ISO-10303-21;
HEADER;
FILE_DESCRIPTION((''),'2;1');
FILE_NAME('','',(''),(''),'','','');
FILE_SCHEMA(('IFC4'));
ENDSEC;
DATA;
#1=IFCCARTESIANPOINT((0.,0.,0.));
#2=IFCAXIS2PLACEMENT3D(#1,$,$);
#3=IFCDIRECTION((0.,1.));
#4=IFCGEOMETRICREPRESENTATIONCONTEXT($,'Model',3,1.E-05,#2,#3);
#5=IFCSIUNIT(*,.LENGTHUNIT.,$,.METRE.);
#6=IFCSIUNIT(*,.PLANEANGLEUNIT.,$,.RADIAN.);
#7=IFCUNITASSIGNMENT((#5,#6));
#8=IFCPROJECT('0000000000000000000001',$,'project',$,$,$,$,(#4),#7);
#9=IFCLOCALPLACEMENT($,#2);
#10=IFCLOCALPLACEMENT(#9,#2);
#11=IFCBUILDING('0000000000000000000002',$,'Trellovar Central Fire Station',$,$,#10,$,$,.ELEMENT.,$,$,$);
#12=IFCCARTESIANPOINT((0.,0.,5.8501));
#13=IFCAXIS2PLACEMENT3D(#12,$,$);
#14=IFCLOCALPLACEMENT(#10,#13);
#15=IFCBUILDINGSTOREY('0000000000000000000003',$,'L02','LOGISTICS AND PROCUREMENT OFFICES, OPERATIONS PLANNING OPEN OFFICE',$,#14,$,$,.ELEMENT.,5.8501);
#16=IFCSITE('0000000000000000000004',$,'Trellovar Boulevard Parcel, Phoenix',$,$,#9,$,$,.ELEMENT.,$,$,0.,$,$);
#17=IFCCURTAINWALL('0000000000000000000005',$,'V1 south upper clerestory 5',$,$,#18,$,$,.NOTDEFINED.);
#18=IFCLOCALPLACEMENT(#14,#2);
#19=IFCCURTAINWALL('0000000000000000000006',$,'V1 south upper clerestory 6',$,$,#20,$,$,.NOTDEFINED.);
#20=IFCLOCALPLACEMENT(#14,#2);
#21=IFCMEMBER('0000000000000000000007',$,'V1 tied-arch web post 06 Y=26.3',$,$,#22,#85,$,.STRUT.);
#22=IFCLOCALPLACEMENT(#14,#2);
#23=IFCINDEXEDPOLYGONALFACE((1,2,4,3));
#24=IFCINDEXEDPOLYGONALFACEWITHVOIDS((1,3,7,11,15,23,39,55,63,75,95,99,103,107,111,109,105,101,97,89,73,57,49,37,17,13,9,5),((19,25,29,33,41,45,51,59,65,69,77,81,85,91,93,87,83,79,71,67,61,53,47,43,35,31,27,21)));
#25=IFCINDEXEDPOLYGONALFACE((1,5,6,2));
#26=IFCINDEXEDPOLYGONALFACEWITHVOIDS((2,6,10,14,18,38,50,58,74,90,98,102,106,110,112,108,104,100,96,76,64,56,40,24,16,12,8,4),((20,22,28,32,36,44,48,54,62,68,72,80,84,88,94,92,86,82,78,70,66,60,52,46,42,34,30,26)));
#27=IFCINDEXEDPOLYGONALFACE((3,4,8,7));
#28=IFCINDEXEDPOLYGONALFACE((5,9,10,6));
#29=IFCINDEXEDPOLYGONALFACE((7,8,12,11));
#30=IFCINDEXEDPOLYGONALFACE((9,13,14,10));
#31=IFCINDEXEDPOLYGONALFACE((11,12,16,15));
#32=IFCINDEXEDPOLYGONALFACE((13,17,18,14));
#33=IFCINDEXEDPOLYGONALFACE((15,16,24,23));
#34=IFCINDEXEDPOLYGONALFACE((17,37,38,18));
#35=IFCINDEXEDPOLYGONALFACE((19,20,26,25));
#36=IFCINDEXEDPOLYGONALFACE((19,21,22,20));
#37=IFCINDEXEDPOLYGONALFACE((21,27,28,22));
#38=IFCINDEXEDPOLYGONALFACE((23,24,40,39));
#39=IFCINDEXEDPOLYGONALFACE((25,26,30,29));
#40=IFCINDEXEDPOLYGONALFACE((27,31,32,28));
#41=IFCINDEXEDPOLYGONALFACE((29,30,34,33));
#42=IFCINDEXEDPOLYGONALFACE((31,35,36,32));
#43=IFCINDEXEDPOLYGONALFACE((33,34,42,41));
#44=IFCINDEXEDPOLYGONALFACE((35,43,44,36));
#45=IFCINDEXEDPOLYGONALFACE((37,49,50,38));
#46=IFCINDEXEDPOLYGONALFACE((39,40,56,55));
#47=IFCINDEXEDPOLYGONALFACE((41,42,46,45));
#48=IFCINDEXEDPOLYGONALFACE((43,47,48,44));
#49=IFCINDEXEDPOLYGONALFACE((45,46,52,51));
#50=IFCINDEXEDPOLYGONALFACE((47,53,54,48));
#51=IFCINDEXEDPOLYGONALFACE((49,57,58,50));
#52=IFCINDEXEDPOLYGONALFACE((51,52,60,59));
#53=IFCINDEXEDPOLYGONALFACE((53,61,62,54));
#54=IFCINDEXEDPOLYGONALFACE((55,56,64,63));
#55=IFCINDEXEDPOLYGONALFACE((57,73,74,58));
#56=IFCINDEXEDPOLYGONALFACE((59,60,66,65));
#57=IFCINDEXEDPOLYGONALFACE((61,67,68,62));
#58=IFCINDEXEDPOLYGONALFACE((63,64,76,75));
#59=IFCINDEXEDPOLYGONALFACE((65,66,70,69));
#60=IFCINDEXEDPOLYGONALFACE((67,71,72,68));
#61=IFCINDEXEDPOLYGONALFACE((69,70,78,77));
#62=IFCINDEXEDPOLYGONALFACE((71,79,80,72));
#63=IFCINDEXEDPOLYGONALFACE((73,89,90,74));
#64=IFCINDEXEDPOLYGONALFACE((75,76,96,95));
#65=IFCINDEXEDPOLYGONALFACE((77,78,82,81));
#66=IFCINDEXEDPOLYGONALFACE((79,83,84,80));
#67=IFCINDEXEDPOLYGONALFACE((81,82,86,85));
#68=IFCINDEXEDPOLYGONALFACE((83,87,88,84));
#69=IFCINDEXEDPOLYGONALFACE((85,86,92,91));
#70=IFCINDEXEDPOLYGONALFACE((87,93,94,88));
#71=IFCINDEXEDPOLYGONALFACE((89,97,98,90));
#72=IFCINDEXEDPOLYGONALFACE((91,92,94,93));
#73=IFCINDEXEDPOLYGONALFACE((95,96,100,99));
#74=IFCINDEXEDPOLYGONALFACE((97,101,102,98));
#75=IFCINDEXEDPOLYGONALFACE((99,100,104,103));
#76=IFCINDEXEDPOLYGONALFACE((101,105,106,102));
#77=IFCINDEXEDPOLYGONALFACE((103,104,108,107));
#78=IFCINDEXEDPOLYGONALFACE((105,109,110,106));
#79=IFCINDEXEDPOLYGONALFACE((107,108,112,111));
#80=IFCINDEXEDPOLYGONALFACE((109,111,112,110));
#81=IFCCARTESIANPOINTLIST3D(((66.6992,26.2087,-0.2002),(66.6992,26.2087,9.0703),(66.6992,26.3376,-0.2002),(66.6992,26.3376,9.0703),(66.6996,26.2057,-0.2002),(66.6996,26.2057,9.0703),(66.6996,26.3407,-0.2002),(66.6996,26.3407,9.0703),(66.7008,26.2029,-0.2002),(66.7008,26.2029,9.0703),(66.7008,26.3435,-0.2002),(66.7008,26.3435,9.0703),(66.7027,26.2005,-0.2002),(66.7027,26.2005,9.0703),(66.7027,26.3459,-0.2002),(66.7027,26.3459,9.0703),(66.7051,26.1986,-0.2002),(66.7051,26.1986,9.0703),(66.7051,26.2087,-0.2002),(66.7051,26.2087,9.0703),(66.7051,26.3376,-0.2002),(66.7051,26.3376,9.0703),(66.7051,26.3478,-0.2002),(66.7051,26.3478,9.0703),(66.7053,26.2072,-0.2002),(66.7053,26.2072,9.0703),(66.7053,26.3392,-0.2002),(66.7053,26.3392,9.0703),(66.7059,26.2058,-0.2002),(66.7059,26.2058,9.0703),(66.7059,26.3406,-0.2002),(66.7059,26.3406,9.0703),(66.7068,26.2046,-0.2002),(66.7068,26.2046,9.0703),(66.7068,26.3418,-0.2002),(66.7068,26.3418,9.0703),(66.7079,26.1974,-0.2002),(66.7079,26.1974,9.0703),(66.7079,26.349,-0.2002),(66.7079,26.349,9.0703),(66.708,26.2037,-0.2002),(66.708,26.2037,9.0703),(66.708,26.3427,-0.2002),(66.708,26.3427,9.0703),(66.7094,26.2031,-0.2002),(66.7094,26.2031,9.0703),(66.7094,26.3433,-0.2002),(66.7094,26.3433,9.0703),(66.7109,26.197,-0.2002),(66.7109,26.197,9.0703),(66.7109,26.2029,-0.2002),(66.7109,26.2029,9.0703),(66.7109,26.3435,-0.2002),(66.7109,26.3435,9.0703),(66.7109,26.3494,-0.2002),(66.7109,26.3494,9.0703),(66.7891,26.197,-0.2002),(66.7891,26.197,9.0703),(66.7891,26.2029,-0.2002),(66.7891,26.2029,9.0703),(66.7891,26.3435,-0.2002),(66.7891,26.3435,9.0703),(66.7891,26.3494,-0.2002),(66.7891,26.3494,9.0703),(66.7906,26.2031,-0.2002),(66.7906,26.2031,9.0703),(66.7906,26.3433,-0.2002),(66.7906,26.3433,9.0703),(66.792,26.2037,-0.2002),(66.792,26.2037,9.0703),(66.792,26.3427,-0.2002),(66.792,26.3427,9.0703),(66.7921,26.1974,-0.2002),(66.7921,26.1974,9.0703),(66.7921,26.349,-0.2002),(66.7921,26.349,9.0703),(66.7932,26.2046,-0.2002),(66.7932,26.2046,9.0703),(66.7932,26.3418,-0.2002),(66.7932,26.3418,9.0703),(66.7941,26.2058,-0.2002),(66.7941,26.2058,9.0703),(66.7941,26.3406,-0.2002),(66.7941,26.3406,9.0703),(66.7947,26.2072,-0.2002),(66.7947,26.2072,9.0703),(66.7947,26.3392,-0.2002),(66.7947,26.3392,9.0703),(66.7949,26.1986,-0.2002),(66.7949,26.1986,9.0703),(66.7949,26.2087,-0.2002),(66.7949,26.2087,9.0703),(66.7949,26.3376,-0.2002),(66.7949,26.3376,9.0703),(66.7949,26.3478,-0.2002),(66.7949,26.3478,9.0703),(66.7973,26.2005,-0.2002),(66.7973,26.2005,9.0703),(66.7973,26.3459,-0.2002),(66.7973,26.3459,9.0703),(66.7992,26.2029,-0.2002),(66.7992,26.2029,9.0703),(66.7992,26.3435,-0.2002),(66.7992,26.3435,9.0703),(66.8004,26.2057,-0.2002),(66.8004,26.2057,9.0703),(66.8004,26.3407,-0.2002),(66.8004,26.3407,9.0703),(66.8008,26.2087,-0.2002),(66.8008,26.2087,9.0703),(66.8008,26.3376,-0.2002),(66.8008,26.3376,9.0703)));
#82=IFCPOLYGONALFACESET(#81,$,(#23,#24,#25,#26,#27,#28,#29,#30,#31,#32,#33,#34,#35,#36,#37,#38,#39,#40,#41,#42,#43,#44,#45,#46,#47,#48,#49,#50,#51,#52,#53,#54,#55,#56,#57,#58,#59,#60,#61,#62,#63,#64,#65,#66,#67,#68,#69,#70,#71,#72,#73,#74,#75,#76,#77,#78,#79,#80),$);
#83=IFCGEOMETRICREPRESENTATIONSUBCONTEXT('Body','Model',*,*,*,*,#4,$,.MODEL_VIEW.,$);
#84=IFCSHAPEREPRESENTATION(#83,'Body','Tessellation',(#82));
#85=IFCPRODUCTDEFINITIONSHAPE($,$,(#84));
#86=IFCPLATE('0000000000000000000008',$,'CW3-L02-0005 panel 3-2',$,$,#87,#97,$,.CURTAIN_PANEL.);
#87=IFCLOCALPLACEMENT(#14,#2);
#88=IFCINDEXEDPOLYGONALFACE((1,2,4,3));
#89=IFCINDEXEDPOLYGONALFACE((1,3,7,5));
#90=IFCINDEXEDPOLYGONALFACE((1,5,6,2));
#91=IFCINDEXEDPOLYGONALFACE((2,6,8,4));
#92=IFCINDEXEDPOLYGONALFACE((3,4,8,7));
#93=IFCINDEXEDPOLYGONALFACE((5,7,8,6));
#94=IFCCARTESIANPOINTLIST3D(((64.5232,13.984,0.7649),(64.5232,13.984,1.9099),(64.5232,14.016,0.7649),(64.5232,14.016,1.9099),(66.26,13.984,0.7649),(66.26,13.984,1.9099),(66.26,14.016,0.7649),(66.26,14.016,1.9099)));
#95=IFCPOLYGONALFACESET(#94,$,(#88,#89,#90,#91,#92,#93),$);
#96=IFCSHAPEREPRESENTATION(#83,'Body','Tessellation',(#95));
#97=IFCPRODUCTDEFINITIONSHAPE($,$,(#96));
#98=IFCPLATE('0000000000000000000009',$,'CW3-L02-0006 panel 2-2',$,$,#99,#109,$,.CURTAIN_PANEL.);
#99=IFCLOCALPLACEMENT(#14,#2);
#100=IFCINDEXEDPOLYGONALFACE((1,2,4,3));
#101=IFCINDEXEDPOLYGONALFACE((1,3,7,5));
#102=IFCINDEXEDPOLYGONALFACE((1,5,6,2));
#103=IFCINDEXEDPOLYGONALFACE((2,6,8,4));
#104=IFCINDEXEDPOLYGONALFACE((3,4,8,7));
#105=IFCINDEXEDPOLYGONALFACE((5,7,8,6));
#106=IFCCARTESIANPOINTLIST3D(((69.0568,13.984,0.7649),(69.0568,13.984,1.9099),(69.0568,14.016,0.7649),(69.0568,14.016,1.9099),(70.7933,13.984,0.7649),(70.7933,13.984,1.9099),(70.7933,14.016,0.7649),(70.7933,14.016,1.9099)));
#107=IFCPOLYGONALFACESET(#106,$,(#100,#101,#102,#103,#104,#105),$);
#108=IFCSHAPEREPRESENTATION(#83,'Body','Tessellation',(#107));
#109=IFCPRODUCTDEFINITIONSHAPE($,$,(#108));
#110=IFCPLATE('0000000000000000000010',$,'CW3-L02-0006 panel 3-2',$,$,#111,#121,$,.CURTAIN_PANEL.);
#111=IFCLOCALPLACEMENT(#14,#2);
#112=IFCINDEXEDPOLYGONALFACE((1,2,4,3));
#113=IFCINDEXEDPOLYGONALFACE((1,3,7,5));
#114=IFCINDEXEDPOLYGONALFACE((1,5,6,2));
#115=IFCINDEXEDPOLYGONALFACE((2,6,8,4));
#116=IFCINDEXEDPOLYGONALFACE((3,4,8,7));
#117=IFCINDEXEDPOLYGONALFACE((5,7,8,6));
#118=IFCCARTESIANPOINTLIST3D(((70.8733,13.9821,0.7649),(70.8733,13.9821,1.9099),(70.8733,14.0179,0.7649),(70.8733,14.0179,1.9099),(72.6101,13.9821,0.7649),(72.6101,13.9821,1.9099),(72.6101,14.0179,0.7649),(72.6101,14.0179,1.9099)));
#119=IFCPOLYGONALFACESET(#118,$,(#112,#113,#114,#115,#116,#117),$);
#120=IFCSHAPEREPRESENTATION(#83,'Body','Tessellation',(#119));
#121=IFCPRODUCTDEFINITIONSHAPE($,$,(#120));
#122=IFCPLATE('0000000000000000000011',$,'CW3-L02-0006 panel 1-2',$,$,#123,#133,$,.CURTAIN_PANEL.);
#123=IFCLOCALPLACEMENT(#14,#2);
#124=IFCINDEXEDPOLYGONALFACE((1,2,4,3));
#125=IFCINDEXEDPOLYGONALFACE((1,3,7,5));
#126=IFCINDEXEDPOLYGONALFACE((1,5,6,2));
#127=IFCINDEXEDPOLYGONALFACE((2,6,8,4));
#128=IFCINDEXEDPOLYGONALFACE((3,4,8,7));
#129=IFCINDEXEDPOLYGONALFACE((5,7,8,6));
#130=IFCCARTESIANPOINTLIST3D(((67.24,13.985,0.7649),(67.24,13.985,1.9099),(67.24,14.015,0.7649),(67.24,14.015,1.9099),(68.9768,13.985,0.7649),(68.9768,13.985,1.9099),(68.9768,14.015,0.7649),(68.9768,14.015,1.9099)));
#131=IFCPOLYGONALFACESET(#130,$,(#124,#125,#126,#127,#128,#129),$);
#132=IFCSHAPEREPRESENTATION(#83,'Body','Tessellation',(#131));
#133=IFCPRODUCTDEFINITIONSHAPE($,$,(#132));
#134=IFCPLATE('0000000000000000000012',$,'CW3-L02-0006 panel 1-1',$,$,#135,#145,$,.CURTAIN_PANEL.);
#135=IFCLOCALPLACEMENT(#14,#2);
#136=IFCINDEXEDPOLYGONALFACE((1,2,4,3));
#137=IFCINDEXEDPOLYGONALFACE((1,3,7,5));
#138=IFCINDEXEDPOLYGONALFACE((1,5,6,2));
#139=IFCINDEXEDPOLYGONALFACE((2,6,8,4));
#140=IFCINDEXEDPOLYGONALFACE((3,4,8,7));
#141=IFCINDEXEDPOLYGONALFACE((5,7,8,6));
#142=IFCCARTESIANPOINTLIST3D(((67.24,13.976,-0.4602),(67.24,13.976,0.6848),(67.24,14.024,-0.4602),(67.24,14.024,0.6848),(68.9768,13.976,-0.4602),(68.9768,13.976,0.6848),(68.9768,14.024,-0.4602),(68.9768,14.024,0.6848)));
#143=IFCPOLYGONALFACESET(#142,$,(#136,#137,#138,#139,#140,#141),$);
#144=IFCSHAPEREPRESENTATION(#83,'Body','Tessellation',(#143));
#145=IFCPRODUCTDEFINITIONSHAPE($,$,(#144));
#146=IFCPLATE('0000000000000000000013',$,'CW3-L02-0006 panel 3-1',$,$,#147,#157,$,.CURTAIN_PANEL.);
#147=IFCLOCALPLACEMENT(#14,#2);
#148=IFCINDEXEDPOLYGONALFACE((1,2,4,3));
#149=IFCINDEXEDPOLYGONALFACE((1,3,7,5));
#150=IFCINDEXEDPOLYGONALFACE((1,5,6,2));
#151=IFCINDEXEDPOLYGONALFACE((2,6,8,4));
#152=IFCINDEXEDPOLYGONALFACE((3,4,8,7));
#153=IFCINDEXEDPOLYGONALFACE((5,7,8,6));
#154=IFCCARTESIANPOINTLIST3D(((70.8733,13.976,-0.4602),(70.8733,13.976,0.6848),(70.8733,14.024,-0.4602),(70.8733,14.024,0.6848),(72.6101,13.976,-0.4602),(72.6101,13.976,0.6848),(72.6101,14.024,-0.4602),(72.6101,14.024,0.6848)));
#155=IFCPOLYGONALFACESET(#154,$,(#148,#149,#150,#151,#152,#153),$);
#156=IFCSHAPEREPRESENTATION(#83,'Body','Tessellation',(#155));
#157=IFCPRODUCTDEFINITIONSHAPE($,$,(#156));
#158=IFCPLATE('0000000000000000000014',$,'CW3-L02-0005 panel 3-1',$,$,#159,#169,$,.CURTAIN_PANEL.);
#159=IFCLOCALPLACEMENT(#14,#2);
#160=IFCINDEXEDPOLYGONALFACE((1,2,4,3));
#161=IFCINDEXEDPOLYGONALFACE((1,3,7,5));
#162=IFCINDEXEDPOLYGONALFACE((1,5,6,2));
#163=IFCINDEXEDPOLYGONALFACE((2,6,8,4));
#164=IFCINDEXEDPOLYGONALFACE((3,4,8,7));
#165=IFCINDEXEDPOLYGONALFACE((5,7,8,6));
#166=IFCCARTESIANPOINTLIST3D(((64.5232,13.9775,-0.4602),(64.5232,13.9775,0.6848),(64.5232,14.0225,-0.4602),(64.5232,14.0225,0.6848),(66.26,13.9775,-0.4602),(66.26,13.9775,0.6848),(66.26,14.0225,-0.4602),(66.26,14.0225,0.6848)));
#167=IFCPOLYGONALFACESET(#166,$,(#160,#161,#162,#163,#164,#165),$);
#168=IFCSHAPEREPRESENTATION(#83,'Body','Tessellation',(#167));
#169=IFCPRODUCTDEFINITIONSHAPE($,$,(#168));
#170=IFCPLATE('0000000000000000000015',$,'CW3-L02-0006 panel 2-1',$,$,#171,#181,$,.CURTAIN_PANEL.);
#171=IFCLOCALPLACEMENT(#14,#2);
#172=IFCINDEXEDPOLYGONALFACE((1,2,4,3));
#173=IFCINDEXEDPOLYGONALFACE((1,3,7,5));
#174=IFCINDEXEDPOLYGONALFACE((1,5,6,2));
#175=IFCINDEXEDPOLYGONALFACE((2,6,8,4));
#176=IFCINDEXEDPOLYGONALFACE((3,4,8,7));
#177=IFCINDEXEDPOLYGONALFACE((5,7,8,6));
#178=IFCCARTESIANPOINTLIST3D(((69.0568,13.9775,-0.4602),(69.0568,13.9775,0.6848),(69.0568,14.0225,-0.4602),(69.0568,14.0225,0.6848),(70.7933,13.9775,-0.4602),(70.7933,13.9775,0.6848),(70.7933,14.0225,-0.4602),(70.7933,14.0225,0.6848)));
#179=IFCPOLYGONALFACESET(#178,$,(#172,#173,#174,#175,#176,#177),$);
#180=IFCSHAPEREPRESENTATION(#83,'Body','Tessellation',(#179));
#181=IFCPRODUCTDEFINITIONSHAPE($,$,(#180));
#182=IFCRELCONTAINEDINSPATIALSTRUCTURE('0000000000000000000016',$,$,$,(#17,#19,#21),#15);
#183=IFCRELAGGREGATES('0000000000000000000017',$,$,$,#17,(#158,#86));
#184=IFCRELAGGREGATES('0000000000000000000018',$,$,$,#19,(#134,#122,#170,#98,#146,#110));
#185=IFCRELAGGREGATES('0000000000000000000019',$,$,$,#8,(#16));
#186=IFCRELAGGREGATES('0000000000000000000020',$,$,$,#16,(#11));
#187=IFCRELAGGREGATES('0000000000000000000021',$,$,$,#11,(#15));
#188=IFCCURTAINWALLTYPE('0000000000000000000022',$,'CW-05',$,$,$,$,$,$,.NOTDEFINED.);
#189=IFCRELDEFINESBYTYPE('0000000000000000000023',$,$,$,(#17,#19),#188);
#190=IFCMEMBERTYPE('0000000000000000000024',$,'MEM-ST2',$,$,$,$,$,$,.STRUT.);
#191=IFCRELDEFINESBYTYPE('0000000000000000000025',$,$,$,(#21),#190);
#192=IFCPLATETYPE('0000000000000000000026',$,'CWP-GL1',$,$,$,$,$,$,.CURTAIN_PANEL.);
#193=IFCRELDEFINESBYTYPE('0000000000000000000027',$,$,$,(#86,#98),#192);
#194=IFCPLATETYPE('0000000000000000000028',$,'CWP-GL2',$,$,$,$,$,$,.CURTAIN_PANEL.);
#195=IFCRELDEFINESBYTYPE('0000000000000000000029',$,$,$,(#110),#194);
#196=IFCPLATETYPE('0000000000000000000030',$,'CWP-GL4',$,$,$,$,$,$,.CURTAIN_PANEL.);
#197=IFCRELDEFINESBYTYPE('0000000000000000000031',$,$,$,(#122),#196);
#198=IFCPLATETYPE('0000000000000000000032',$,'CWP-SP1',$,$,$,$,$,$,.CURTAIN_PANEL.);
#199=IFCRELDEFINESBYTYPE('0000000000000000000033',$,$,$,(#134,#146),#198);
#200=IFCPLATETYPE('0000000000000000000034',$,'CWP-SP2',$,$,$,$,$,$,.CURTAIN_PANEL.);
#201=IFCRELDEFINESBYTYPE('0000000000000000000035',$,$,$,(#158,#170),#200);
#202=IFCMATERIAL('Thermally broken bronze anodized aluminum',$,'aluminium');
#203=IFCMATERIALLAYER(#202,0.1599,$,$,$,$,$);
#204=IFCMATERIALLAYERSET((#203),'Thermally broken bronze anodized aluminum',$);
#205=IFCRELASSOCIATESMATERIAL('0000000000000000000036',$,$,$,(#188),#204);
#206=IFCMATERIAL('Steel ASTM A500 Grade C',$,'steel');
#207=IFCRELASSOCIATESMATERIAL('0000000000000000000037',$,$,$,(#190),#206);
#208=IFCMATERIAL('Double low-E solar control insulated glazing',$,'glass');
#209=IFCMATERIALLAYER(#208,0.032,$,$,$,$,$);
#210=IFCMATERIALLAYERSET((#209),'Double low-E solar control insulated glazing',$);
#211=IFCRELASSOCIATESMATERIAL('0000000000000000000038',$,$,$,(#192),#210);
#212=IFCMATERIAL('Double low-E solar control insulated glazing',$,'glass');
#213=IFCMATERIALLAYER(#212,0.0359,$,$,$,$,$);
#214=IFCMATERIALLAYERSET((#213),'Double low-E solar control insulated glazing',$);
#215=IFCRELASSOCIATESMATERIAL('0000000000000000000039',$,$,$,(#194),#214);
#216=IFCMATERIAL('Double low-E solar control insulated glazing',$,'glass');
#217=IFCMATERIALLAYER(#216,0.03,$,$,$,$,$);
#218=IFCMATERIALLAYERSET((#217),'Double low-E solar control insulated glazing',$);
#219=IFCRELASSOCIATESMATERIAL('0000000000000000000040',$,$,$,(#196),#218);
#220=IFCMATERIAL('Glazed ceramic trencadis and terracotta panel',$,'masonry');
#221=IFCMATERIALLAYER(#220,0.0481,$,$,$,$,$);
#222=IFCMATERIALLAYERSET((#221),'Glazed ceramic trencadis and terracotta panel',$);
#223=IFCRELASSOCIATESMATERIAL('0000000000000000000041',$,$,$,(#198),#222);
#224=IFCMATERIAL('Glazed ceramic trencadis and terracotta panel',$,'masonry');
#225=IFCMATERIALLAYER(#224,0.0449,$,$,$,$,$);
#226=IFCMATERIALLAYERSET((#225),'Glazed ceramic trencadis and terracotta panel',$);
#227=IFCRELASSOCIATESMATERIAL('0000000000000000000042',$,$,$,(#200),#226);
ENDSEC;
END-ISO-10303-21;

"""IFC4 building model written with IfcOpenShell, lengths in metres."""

from ifc_helpers import new_model, si_unit, direction, frame, origin, origin_2d, place, context, subcontext, project, spatial, rectangle, hollow_rectangle, extrude, material, layer, layer_set, material_profile, profile_set, type_object, element, aggregate, save


model = new_model("IFC4")

# Units and contexts
model_context = context("Model", 3, precision=1e-05, world=origin(), true_north=direction((0.0, 1.0)))
body_context = subcontext(model_context, "Body", "Model", "MODEL_VIEW")
ifc_project = project(units=[si_unit("LENGTHUNIT", "METRE"), si_unit("PLANEANGLEUNIT", "RADIAN")], contexts=[model_context])

# Site, building, storey
site_placement = place(None, origin())
site = spatial("IfcSite", under=ifc_project, at=site_placement, Name="Trellovar Boulevard Parcel, Phoenix", CompositionType="ELEMENT", RefElevation=0.0)
building_placement = place(site_placement, origin())
building = spatial("IfcBuilding", under=site, at=building_placement, Name="Trellovar Central Fire Station", CompositionType="ELEMENT")
storey_placement = place(building_placement, frame((0.0, 0.0, 5.8501)))
storey = spatial("IfcBuildingStorey", under=building, at=storey_placement, Name="L02", Description="LOGISTICS AND PROCUREMENT OFFICES, OPERATIONS PLANNING OPEN OFFICE", CompositionType="ELEMENT", Elevation=5.8501)

# Curtain walls
ifc_material_1 = material(Name="Thermally broken bronze anodized aluminum", Category="aluminium")
ifc_layer_1 = layer(ifc_material_1, 0.1599)
ifc_layer_set_1 = layer_set([ifc_layer_1], Name="Thermally broken bronze anodized aluminum")
curtain_wall_type = type_object("IfcCurtainWallType", Name="CW-05", PredefinedType="NOTDEFINED", material=ifc_layer_set_1)
curtain_wall_1_placement = place(storey_placement, origin())
curtain_wall_1 = element("IfcCurtainWall", 1, at=curtain_wall_1_placement, inside=storey, type_object=curtain_wall_type, Name="V1 south upper clerestory 5", PredefinedType="NOTDEFINED")
curtain_wall_2_placement = place(storey_placement, origin())
curtain_wall_2 = element("IfcCurtainWall", 2, at=curtain_wall_2_placement, inside=storey, type_object=curtain_wall_type, Name="V1 south upper clerestory 6", PredefinedType="NOTDEFINED")

# Member
ifc_material_2 = material(Name="Steel ASTM A500 Grade C", Category="steel")
ifc_material_profile_1 = material_profile(ifc_material_2, hollow_rectangle(XDim=0.1016, YDim=0.1523, WallThickness=0.0059, InnerFilletRadius=0.0059, OuterFilletRadius=0.0117, at=origin_2d()), Name="HSS6X4X1/4")
ifc_profile_set_1 = profile_set([ifc_material_profile_1], Name="Steel ASTM A500 Grade C")
member_type_1 = type_object("IfcMemberType", Name="MEM-ST2", PredefinedType="STRUT", material=ifc_profile_set_1)
member_1_placement = place(storey_placement, frame((66.75, 26.2732, -0.2002), z_axis=(0.0, 0.0, 1.0), x_axis=(1.0, 0.0, 0.0)))
element("IfcMember", 3, at=member_1_placement, inside=storey, type_object=member_type_1, Name="V1 tied-arch web post 06 Y=26.3", PredefinedType="STRUT", context=body_context, shape_type="SweptSolid", body=[
    extrude(hollow_rectangle(XDim=0.1016, YDim=0.1523, WallThickness=0.0059, InnerFilletRadius=0.0059, OuterFilletRadius=0.0117, at=origin_2d()), origin(), (0.0, 0.0, 1.0), 9.2705),
])

# Plates
ifc_material_3 = material(Name="Double low-E solar control insulated glazing", Category="glass")
ifc_layer_2 = layer(ifc_material_3, 0.032)
ifc_layer_set_2 = layer_set([ifc_layer_2], Name="Double low-E solar control insulated glazing")
plate_type_1 = type_object("IfcPlateType", Name="CWP-GL1", PredefinedType="CURTAIN_PANEL", material=ifc_layer_set_2)
plate_1_placement = place(storey_placement, frame((65.3916, 14.0, 0.7649), z_axis=(0.0, 0.0, 1.0), x_axis=(1.0, 0.0, 0.0)))
plate_1 = element("IfcPlate", 4, at=plate_1_placement, type_object=plate_type_1, Name="CW3-L02-0005 panel 3-2", PredefinedType="CURTAIN_PANEL", context=body_context, shape_type="SweptSolid", body=[
    extrude(rectangle(XDim=1.7368, YDim=0.032, at=origin_2d()), origin(), (0.0, 0.0, 1.0), 1.145),
])
plate_2_placement = place(storey_placement, frame((69.925, 14.0, 0.7649), z_axis=(0.0, 0.0, 1.0), x_axis=(1.0, 0.0, 0.0)))
plate_2 = element("IfcPlate", 5, at=plate_2_placement, type_object=plate_type_1, Name="CW3-L02-0006 panel 2-2", PredefinedType="CURTAIN_PANEL", context=body_context, shape_type="SweptSolid", body=[
    extrude(rectangle(XDim=1.7366, YDim=0.032, at=origin_2d()), origin(), (0.0, 0.0, 1.0), 1.145),
])
ifc_material_4 = material(Name="Double low-E solar control insulated glazing", Category="glass")
ifc_layer_3 = layer(ifc_material_4, 0.0359)
ifc_layer_set_3 = layer_set([ifc_layer_3], Name="Double low-E solar control insulated glazing")
plate_type_2 = type_object("IfcPlateType", Name="CWP-GL2", PredefinedType="CURTAIN_PANEL", material=ifc_layer_set_3)
plate_3_placement = place(storey_placement, frame((71.7417, 14.0, 0.7649), z_axis=(0.0, 0.0, 1.0), x_axis=(1.0, 0.0, 0.0)))
plate_3 = element("IfcPlate", 6, at=plate_3_placement, type_object=plate_type_2, Name="CW3-L02-0006 panel 3-2", PredefinedType="CURTAIN_PANEL", context=body_context, shape_type="SweptSolid", body=[
    extrude(rectangle(XDim=1.7368, YDim=0.0359, at=origin_2d()), origin(), (0.0, 0.0, 1.0), 1.145),
])
ifc_material_5 = material(Name="Double low-E solar control insulated glazing", Category="glass")
ifc_layer_4 = layer(ifc_material_5, 0.03)
ifc_layer_set_4 = layer_set([ifc_layer_4], Name="Double low-E solar control insulated glazing")
plate_type_3 = type_object("IfcPlateType", Name="CWP-GL4", PredefinedType="CURTAIN_PANEL", material=ifc_layer_set_4)
plate_4_placement = place(storey_placement, frame((68.1084, 14.0, 0.7649), z_axis=(0.0, 0.0, 1.0), x_axis=(1.0, 0.0, 0.0)))
plate_4 = element("IfcPlate", 7, at=plate_4_placement, type_object=plate_type_3, Name="CW3-L02-0006 panel 1-2", PredefinedType="CURTAIN_PANEL", context=body_context, shape_type="SweptSolid", body=[
    extrude(rectangle(XDim=1.7368, YDim=0.03, at=origin_2d()), origin(), (0.0, 0.0, 1.0), 1.145),
])
ifc_material_6 = material(Name="Glazed ceramic trencadis and terracotta panel", Category="masonry")
ifc_layer_5 = layer(ifc_material_6, 0.0481)
ifc_layer_set_5 = layer_set([ifc_layer_5], Name="Glazed ceramic trencadis and terracotta panel")
plate_type_4 = type_object("IfcPlateType", Name="CWP-SP1", PredefinedType="CURTAIN_PANEL", material=ifc_layer_set_5)
plate_5_placement = place(storey_placement, frame((68.1084, 14.0, -0.4602), z_axis=(0.0, 0.0, 1.0), x_axis=(1.0, 0.0, 0.0)))
plate_5 = element("IfcPlate", 8, at=plate_5_placement, type_object=plate_type_4, Name="CW3-L02-0006 panel 1-1", PredefinedType="CURTAIN_PANEL", context=body_context, shape_type="SweptSolid", body=[
    extrude(rectangle(XDim=1.7368, YDim=0.0481, at=origin_2d()), origin(), (0.0, 0.0, 1.0), 1.145),
])
plate_6_placement = place(storey_placement, frame((71.7417, 14.0, -0.4602), z_axis=(0.0, 0.0, 1.0), x_axis=(1.0, 0.0, 0.0)))
plate_6 = element("IfcPlate", 9, at=plate_6_placement, type_object=plate_type_4, Name="CW3-L02-0006 panel 3-1", PredefinedType="CURTAIN_PANEL", context=body_context, shape_type="SweptSolid", body=[
    extrude(rectangle(XDim=1.7368, YDim=0.0481, at=origin_2d()), origin(), (0.0, 0.0, 1.0), 1.145),
])
ifc_material_7 = material(Name="Glazed ceramic trencadis and terracotta panel", Category="masonry")
ifc_layer_6 = layer(ifc_material_7, 0.0449)
ifc_layer_set_6 = layer_set([ifc_layer_6], Name="Glazed ceramic trencadis and terracotta panel")
plate_type_5 = type_object("IfcPlateType", Name="CWP-SP2", PredefinedType="CURTAIN_PANEL", material=ifc_layer_set_6)
plate_7_placement = place(storey_placement, frame((65.3916, 14.0, -0.4602), z_axis=(0.0, 0.0, 1.0), x_axis=(1.0, 0.0, 0.0)))
plate_7 = element("IfcPlate", 10, at=plate_7_placement, type_object=plate_type_5, Name="CW3-L02-0005 panel 3-1", PredefinedType="CURTAIN_PANEL", context=body_context, shape_type="SweptSolid", body=[
    extrude(rectangle(XDim=1.7368, YDim=0.0449, at=origin_2d()), origin(), (0.0, 0.0, 1.0), 1.145),
])
aggregate(curtain_wall_1, [plate_7, plate_1])
plate_8_placement = place(storey_placement, frame((69.925, 14.0, -0.4602), z_axis=(0.0, 0.0, 1.0), x_axis=(1.0, 0.0, 0.0)))
plate_8 = element("IfcPlate", 11, at=plate_8_placement, type_object=plate_type_5, Name="CW3-L02-0006 panel 2-1", PredefinedType="CURTAIN_PANEL", context=body_context, shape_type="SweptSolid", body=[
    extrude(rectangle(XDim=1.7366, YDim=0.0449, at=origin_2d()), origin(), (0.0, 0.0, 1.0), 1.145),
])
aggregate(curtain_wall_2, [plate_5, plate_4, plate_8, plate_2, plate_6, plate_3])

save(model, "model.ifc")
